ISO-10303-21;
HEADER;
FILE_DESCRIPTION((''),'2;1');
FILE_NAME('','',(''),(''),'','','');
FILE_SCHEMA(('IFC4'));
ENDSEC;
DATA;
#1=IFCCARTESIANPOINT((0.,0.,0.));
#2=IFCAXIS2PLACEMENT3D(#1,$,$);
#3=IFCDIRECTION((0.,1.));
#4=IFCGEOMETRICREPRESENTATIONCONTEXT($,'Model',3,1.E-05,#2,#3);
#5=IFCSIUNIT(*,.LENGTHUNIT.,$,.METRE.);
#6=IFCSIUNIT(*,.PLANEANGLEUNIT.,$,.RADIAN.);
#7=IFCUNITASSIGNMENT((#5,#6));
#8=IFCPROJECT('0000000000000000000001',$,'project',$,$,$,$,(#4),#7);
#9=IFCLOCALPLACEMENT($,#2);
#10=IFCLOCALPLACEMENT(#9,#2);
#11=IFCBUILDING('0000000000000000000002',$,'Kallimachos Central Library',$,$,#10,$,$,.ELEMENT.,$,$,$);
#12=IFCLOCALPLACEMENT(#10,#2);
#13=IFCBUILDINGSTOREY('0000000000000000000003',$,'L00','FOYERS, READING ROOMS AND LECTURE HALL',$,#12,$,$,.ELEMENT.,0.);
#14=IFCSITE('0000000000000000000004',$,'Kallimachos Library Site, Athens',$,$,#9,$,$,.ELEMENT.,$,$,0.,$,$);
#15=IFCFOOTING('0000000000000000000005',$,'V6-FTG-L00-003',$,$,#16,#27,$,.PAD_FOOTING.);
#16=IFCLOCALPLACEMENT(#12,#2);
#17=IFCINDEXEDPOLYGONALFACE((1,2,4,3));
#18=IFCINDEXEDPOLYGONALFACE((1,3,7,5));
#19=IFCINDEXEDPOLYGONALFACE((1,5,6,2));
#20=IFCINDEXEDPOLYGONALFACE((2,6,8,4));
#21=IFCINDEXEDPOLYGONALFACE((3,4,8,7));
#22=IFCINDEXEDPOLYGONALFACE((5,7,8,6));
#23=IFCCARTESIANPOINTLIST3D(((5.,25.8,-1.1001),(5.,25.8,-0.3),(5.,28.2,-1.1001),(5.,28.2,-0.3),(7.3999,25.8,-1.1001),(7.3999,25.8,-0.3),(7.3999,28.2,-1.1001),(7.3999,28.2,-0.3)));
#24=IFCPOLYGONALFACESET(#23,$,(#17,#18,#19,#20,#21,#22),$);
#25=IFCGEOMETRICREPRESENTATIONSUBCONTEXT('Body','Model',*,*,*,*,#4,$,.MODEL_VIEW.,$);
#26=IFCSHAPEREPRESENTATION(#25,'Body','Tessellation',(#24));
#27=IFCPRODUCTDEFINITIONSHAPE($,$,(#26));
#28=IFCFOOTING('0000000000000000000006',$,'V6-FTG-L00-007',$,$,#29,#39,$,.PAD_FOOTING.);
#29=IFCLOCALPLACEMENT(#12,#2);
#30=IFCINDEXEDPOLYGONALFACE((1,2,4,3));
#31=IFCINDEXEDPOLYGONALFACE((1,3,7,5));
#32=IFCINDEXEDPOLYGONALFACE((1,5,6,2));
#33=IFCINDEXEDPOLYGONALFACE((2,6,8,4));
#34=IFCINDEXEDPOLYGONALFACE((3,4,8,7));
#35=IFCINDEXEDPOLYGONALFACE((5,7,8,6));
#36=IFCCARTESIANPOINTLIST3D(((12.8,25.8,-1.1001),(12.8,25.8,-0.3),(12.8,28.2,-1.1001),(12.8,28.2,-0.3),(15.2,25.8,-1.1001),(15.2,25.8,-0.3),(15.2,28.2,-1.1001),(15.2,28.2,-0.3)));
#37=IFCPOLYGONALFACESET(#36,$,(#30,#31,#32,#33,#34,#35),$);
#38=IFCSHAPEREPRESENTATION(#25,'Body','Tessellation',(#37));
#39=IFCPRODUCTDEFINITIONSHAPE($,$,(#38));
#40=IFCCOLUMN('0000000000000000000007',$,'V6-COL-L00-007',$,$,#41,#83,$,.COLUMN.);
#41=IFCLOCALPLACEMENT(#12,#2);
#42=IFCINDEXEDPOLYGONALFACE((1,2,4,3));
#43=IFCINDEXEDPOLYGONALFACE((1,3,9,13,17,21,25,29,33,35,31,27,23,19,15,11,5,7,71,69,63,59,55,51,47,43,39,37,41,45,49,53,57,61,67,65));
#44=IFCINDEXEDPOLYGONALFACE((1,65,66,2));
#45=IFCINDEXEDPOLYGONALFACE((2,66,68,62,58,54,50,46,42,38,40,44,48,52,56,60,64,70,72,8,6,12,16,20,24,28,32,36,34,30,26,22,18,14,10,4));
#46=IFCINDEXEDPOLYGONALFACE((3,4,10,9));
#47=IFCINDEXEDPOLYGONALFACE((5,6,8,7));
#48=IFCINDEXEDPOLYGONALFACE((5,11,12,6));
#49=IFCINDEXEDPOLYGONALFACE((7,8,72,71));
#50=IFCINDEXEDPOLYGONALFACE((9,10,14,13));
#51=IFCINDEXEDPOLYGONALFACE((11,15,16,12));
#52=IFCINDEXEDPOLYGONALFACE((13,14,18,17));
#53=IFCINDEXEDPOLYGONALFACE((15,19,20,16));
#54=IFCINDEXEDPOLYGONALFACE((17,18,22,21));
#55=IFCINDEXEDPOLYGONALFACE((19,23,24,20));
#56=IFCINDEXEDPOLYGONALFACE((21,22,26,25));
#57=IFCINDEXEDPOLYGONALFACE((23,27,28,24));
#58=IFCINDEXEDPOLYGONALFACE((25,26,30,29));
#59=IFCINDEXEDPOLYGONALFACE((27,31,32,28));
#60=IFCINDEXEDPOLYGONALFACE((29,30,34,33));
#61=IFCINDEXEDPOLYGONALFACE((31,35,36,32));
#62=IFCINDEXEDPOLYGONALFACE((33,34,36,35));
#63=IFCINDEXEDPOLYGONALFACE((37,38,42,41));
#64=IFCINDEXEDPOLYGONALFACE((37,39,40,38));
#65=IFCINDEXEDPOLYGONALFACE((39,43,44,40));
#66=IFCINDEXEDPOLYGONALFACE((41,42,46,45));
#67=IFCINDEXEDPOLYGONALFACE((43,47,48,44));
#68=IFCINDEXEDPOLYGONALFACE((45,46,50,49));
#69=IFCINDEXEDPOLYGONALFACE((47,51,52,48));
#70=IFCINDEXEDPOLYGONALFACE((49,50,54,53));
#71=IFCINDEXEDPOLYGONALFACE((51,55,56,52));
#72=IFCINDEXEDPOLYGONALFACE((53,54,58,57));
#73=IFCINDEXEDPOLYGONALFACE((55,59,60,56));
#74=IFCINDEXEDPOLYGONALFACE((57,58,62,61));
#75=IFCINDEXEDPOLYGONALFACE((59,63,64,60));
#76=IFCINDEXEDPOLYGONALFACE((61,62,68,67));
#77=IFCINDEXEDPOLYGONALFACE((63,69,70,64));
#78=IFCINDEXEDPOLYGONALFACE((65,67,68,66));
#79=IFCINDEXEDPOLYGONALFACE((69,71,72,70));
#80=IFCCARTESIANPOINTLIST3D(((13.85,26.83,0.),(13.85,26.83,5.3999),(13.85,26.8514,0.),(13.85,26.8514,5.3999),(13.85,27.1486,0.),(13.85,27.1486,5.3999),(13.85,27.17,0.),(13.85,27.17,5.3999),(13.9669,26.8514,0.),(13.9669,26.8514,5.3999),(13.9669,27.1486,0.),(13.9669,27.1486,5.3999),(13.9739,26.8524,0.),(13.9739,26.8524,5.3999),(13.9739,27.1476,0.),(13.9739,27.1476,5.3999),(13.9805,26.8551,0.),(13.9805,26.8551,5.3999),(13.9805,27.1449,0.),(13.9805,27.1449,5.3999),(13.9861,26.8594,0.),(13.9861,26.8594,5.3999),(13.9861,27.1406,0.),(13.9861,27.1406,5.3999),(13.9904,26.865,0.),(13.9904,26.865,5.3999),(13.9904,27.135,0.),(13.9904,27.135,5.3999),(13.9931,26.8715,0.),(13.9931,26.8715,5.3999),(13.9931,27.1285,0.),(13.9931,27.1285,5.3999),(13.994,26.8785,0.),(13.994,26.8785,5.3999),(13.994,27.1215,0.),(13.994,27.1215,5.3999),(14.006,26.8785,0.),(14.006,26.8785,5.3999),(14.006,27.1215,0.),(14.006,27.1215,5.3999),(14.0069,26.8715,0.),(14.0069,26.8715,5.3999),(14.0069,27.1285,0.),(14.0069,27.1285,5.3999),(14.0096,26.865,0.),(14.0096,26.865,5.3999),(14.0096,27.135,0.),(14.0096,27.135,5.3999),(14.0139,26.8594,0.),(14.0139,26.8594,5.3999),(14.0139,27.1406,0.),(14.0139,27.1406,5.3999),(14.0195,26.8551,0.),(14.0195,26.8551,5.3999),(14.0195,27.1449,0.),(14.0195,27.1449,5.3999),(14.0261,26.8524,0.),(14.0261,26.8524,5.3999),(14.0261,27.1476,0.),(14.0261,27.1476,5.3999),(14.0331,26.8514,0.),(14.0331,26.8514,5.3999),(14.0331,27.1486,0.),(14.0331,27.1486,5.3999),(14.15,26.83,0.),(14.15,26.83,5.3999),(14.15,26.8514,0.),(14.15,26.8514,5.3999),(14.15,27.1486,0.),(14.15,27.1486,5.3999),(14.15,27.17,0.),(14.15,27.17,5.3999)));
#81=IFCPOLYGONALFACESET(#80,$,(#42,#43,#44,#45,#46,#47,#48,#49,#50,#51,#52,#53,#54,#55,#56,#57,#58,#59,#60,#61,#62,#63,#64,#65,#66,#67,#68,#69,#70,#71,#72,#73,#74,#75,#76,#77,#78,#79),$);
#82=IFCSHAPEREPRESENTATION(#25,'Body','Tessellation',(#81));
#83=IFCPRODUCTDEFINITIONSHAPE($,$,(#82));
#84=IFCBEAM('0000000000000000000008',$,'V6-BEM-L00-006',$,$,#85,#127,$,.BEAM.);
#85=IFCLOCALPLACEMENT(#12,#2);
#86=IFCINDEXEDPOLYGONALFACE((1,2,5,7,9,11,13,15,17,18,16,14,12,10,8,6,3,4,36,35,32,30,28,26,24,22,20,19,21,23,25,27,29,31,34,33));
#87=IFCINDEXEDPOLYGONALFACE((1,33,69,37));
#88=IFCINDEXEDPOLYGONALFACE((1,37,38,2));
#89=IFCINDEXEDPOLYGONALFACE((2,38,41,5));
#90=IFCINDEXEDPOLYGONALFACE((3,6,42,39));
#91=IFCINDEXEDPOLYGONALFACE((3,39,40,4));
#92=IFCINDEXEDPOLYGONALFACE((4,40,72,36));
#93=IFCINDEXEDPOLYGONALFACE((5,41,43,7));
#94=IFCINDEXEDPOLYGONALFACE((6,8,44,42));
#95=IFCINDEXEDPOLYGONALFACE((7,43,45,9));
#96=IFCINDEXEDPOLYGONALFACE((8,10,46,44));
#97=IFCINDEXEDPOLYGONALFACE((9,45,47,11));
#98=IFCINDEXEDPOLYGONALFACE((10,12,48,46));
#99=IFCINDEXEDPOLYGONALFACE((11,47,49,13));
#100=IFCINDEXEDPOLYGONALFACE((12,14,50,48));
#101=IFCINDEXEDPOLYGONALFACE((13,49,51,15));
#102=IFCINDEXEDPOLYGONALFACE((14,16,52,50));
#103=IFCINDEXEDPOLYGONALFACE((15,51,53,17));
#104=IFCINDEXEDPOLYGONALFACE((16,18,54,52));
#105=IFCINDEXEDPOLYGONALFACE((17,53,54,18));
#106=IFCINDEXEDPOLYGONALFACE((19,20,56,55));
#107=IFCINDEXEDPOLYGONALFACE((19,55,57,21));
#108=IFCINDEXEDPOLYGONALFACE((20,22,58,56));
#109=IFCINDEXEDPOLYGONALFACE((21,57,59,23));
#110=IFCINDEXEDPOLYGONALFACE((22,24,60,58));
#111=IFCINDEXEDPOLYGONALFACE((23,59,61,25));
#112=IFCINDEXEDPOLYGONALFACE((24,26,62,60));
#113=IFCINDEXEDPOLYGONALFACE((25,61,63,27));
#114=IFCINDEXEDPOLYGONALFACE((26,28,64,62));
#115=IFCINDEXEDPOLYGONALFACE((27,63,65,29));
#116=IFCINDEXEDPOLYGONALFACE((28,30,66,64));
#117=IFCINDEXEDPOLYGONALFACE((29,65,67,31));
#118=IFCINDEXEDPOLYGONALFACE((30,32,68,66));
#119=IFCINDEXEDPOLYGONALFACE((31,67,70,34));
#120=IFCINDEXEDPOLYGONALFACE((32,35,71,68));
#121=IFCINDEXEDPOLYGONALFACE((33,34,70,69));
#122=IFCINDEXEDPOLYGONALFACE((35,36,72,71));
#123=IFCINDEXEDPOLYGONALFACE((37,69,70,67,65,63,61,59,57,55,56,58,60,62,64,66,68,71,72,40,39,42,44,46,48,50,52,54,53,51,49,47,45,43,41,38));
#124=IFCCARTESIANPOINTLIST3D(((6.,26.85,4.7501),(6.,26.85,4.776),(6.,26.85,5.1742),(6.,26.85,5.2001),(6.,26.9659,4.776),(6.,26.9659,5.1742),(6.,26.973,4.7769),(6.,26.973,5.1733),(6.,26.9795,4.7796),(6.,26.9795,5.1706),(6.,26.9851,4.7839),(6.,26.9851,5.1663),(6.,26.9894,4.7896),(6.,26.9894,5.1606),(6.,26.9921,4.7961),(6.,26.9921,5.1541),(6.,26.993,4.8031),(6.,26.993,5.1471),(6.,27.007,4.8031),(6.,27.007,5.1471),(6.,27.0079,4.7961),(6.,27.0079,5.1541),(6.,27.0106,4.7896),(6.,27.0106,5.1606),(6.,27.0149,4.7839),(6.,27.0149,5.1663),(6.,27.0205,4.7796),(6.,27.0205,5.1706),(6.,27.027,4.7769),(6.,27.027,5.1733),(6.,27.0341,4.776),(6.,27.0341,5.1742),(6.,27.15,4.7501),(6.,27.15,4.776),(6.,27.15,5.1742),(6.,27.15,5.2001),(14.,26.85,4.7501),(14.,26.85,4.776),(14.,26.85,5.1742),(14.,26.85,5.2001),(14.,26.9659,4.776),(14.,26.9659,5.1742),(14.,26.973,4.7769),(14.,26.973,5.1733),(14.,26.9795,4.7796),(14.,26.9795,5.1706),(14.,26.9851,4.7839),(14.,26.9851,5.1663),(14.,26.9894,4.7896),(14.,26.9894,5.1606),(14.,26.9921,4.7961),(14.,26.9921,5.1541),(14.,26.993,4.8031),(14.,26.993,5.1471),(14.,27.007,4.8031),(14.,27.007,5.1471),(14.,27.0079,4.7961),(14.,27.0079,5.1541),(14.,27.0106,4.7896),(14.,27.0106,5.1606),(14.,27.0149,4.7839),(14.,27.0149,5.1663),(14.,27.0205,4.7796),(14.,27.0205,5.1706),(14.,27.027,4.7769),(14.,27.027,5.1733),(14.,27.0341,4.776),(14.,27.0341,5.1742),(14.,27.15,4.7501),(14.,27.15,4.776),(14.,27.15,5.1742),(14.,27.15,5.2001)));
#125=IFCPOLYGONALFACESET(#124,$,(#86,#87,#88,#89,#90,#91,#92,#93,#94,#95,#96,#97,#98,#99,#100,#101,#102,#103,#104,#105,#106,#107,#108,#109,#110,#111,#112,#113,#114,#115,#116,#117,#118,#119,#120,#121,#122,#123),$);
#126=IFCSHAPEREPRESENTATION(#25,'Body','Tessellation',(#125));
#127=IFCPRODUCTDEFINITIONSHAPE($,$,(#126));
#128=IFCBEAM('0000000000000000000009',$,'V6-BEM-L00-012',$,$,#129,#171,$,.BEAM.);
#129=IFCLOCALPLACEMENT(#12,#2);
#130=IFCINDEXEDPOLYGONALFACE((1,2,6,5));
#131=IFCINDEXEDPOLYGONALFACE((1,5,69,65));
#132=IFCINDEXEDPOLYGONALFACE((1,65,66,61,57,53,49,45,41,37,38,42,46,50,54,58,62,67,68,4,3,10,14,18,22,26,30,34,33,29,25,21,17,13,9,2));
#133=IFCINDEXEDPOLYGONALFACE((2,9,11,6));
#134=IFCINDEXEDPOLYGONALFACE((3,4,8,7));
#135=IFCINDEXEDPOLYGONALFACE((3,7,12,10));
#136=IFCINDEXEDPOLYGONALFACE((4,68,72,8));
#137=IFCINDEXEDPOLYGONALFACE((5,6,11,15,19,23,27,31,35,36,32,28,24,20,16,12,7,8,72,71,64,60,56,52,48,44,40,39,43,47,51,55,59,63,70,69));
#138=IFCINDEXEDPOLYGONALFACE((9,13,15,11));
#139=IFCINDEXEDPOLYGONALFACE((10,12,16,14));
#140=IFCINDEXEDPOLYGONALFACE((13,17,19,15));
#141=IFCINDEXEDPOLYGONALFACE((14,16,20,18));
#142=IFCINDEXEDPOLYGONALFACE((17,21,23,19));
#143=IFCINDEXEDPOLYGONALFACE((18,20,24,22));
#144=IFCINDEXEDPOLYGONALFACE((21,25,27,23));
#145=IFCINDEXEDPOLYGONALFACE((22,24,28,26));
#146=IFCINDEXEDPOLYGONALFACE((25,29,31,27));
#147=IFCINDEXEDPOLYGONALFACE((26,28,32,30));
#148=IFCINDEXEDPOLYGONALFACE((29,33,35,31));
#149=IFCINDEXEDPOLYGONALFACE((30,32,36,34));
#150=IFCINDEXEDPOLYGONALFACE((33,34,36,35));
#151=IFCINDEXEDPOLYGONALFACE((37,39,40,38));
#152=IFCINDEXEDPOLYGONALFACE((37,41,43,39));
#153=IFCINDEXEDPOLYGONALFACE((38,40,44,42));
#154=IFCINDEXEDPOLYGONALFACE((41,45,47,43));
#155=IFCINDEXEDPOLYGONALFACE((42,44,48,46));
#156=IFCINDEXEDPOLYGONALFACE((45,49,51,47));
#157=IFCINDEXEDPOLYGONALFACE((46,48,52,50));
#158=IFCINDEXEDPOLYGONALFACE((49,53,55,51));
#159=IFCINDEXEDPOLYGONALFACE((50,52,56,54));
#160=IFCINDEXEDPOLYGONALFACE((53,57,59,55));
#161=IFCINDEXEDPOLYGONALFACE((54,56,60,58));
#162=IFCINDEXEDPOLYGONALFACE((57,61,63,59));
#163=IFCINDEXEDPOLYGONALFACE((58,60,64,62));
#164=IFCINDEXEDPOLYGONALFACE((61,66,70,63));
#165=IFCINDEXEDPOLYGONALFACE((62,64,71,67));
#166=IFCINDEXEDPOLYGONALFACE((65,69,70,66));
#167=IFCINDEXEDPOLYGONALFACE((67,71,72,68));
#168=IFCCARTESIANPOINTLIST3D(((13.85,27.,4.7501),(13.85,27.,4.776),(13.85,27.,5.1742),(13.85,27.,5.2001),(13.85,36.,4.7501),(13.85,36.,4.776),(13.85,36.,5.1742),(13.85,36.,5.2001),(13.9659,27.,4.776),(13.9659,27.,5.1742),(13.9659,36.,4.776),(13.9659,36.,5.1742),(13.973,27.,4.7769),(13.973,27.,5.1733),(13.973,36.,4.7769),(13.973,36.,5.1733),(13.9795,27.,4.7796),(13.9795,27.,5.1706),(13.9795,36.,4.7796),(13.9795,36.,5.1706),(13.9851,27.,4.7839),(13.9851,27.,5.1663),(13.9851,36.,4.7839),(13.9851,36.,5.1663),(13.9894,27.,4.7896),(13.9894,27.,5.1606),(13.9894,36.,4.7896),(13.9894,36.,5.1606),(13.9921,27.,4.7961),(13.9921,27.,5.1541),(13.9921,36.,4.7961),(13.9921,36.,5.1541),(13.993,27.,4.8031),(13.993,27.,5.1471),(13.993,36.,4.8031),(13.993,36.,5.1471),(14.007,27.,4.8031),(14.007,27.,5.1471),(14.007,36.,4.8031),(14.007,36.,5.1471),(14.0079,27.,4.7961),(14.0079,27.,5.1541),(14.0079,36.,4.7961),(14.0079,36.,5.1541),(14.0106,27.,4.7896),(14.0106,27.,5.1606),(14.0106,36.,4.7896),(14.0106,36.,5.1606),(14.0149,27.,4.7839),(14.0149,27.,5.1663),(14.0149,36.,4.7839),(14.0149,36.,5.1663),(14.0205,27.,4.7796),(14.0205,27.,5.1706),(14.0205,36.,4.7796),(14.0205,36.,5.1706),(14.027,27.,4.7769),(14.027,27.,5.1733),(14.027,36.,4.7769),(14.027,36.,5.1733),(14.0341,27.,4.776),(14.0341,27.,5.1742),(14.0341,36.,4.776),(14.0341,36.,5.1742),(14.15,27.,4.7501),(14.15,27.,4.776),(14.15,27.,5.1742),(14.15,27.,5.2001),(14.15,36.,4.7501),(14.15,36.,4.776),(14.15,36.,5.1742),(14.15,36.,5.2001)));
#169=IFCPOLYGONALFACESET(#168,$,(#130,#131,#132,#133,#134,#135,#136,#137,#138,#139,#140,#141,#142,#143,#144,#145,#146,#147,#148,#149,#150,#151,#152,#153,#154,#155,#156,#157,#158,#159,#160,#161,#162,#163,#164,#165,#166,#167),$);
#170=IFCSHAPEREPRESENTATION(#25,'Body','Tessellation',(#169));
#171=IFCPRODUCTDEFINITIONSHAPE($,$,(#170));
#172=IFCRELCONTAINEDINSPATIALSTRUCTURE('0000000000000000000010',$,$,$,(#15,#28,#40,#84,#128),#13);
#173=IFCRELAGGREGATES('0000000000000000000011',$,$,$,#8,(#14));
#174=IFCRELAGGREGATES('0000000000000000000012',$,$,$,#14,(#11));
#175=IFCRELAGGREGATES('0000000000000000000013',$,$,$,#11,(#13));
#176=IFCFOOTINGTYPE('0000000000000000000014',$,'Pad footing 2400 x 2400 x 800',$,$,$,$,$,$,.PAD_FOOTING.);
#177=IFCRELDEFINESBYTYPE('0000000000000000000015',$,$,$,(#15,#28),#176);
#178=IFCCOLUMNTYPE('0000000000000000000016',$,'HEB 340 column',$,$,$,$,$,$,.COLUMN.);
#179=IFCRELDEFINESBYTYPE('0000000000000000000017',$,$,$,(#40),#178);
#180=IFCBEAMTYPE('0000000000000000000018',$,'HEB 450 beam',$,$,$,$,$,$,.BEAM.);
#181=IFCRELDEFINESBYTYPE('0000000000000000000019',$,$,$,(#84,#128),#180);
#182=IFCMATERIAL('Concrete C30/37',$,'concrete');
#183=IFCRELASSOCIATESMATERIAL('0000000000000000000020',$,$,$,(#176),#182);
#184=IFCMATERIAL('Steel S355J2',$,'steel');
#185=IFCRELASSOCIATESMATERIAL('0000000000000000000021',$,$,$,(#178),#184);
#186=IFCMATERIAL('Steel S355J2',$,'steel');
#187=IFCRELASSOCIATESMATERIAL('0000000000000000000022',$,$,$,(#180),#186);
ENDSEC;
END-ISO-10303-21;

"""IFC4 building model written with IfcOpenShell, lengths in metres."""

from ifc_helpers import new_model, si_unit, direction, frame, origin, origin_2d, place, context, subcontext, project, spatial, rectangle, i_section, extrude, material, material_profile, profile_set, type_object, element, save


model = new_model("IFC4")

# Units and contexts
model_context = context("Model", 3, precision=1e-05, world=origin(), true_north=direction((0.0, 1.0)))
body_context = subcontext(model_context, "Body", "Model", "MODEL_VIEW")
ifc_project = project(units=[si_unit("LENGTHUNIT", "METRE"), si_unit("PLANEANGLEUNIT", "RADIAN")], contexts=[model_context])

# Site, building, storey
site_placement = place(None, origin())
site = spatial("IfcSite", under=ifc_project, at=site_placement, Name="Kallimachos Library Site, Athens", CompositionType="ELEMENT", RefElevation=0.0)
building_placement = place(site_placement, origin())
building = spatial("IfcBuilding", under=site, at=building_placement, Name="Kallimachos Central Library", CompositionType="ELEMENT")
storey_placement = place(building_placement, origin())
storey = spatial("IfcBuildingStorey", under=building, at=storey_placement, Name="L00", Description="FOYERS, READING ROOMS AND LECTURE HALL", CompositionType="ELEMENT", Elevation=0.0)

# Footings
ifc_material_1 = material(Name="Concrete C30/37", Category="concrete")
footing_type = type_object("IfcFootingType", Name="Pad footing 2400 x 2400 x 800", PredefinedType="PAD_FOOTING", material=ifc_material_1)
for number, where, z_axis, x_axis, name in (
    (1, (6.2, 27.0, -1.1001), (0.0, 0.0, 1.0), (1.0, 0.0, 0.0), "V6-FTG-L00-003"),
    (2, (14.0, 27.0, -1.1001), (0.0, 0.0, 1.0), (1.0, 0.0, 0.0), "V6-FTG-L00-007"),
):
    element("IfcFooting", number, at=place(storey_placement, frame(where, z_axis=z_axis, x_axis=x_axis)), inside=storey, type_object=footing_type, Name=name, PredefinedType="PAD_FOOTING", context=body_context, shape_type="SweptSolid", body=[
        extrude(rectangle(XDim=2.3999, YDim=2.3999, at=origin_2d()), origin(), (0.0, 0.0, 1.0), 0.8),
    ])

# Column
ifc_material_2 = material(Name="Steel S355J2", Category="steel")
ifc_material_profile_1 = material_profile(ifc_material_2, i_section(OverallWidth=0.3, OverallDepth=0.3401, WebThickness=0.012, FlangeThickness=0.0215, FilletRadius=0.0271, at=origin_2d()), Name="HEB 340")
ifc_profile_set_1 = profile_set([ifc_material_profile_1], Name="Steel S355J2")
column_type = type_object("IfcColumnType", Name="HEB 340 column", PredefinedType="COLUMN", material=ifc_profile_set_1)
column_placement = place(storey_placement, frame((14.0, 27.0, 0.0), z_axis=(0.0, 0.0, 1.0), x_axis=(1.0, 0.0, 0.0)))
element("IfcColumn", 3, at=column_placement, inside=storey, type_object=column_type, Name="V6-COL-L00-007", PredefinedType="COLUMN", context=body_context, shape_type="SweptSolid", body=[
    extrude(i_section(OverallWidth=0.3, OverallDepth=0.3401, WebThickness=0.012, FlangeThickness=0.0215, FilletRadius=0.0271, at=origin_2d()), origin(), (0.0, 0.0, 1.0), 5.3999),
])

# Beams
ifc_material_3 = material(Name="Steel S355J2", Category="steel")
ifc_material_profile_2 = material_profile(ifc_material_3, i_section(OverallWidth=0.3, OverallDepth=0.45, WebThickness=0.0139, FlangeThickness=0.0259, FilletRadius=0.0271, at=origin_2d()), Name="HEB 450")
ifc_profile_set_2 = profile_set([ifc_material_profile_2], Name="Steel S355J2")
beam_type_1 = type_object("IfcBeamType", Name="HEB 450 beam", PredefinedType="BEAM", material=ifc_profile_set_2)
beam_1_placement = place(storey_placement, frame((6.0, 27.0, 4.9751), z_axis=(1.0, 0.0, 0.0), x_axis=(0.0, 1.0, 0.0)))
element("IfcBeam", 4, at=beam_1_placement, inside=storey, type_object=beam_type_1, Name="V6-BEM-L00-006", PredefinedType="BEAM", context=body_context, shape_type="SweptSolid", body=[
    extrude(i_section(OverallWidth=0.3, OverallDepth=0.45, WebThickness=0.0139, FlangeThickness=0.0259, FilletRadius=0.0271, at=origin_2d()), origin(), (0.0, 0.0, 1.0), 8.0),
])
beam_2_placement = place(storey_placement, frame((14.0, 27.0, 4.9751), z_axis=(0.0, 1.0, 0.0), x_axis=(-1.0, 0.0, 0.0)))
element("IfcBeam", 5, at=beam_2_placement, inside=storey, type_object=beam_type_1, Name="V6-BEM-L00-012", PredefinedType="BEAM", context=body_context, shape_type="SweptSolid", body=[
    extrude(i_section(OverallWidth=0.3, OverallDepth=0.45, WebThickness=0.0139, FlangeThickness=0.0259, FilletRadius=0.0271, at=origin_2d()), origin(), (0.0, 0.0, 1.0), 9.0),
])

save(model, "model.ifc")
